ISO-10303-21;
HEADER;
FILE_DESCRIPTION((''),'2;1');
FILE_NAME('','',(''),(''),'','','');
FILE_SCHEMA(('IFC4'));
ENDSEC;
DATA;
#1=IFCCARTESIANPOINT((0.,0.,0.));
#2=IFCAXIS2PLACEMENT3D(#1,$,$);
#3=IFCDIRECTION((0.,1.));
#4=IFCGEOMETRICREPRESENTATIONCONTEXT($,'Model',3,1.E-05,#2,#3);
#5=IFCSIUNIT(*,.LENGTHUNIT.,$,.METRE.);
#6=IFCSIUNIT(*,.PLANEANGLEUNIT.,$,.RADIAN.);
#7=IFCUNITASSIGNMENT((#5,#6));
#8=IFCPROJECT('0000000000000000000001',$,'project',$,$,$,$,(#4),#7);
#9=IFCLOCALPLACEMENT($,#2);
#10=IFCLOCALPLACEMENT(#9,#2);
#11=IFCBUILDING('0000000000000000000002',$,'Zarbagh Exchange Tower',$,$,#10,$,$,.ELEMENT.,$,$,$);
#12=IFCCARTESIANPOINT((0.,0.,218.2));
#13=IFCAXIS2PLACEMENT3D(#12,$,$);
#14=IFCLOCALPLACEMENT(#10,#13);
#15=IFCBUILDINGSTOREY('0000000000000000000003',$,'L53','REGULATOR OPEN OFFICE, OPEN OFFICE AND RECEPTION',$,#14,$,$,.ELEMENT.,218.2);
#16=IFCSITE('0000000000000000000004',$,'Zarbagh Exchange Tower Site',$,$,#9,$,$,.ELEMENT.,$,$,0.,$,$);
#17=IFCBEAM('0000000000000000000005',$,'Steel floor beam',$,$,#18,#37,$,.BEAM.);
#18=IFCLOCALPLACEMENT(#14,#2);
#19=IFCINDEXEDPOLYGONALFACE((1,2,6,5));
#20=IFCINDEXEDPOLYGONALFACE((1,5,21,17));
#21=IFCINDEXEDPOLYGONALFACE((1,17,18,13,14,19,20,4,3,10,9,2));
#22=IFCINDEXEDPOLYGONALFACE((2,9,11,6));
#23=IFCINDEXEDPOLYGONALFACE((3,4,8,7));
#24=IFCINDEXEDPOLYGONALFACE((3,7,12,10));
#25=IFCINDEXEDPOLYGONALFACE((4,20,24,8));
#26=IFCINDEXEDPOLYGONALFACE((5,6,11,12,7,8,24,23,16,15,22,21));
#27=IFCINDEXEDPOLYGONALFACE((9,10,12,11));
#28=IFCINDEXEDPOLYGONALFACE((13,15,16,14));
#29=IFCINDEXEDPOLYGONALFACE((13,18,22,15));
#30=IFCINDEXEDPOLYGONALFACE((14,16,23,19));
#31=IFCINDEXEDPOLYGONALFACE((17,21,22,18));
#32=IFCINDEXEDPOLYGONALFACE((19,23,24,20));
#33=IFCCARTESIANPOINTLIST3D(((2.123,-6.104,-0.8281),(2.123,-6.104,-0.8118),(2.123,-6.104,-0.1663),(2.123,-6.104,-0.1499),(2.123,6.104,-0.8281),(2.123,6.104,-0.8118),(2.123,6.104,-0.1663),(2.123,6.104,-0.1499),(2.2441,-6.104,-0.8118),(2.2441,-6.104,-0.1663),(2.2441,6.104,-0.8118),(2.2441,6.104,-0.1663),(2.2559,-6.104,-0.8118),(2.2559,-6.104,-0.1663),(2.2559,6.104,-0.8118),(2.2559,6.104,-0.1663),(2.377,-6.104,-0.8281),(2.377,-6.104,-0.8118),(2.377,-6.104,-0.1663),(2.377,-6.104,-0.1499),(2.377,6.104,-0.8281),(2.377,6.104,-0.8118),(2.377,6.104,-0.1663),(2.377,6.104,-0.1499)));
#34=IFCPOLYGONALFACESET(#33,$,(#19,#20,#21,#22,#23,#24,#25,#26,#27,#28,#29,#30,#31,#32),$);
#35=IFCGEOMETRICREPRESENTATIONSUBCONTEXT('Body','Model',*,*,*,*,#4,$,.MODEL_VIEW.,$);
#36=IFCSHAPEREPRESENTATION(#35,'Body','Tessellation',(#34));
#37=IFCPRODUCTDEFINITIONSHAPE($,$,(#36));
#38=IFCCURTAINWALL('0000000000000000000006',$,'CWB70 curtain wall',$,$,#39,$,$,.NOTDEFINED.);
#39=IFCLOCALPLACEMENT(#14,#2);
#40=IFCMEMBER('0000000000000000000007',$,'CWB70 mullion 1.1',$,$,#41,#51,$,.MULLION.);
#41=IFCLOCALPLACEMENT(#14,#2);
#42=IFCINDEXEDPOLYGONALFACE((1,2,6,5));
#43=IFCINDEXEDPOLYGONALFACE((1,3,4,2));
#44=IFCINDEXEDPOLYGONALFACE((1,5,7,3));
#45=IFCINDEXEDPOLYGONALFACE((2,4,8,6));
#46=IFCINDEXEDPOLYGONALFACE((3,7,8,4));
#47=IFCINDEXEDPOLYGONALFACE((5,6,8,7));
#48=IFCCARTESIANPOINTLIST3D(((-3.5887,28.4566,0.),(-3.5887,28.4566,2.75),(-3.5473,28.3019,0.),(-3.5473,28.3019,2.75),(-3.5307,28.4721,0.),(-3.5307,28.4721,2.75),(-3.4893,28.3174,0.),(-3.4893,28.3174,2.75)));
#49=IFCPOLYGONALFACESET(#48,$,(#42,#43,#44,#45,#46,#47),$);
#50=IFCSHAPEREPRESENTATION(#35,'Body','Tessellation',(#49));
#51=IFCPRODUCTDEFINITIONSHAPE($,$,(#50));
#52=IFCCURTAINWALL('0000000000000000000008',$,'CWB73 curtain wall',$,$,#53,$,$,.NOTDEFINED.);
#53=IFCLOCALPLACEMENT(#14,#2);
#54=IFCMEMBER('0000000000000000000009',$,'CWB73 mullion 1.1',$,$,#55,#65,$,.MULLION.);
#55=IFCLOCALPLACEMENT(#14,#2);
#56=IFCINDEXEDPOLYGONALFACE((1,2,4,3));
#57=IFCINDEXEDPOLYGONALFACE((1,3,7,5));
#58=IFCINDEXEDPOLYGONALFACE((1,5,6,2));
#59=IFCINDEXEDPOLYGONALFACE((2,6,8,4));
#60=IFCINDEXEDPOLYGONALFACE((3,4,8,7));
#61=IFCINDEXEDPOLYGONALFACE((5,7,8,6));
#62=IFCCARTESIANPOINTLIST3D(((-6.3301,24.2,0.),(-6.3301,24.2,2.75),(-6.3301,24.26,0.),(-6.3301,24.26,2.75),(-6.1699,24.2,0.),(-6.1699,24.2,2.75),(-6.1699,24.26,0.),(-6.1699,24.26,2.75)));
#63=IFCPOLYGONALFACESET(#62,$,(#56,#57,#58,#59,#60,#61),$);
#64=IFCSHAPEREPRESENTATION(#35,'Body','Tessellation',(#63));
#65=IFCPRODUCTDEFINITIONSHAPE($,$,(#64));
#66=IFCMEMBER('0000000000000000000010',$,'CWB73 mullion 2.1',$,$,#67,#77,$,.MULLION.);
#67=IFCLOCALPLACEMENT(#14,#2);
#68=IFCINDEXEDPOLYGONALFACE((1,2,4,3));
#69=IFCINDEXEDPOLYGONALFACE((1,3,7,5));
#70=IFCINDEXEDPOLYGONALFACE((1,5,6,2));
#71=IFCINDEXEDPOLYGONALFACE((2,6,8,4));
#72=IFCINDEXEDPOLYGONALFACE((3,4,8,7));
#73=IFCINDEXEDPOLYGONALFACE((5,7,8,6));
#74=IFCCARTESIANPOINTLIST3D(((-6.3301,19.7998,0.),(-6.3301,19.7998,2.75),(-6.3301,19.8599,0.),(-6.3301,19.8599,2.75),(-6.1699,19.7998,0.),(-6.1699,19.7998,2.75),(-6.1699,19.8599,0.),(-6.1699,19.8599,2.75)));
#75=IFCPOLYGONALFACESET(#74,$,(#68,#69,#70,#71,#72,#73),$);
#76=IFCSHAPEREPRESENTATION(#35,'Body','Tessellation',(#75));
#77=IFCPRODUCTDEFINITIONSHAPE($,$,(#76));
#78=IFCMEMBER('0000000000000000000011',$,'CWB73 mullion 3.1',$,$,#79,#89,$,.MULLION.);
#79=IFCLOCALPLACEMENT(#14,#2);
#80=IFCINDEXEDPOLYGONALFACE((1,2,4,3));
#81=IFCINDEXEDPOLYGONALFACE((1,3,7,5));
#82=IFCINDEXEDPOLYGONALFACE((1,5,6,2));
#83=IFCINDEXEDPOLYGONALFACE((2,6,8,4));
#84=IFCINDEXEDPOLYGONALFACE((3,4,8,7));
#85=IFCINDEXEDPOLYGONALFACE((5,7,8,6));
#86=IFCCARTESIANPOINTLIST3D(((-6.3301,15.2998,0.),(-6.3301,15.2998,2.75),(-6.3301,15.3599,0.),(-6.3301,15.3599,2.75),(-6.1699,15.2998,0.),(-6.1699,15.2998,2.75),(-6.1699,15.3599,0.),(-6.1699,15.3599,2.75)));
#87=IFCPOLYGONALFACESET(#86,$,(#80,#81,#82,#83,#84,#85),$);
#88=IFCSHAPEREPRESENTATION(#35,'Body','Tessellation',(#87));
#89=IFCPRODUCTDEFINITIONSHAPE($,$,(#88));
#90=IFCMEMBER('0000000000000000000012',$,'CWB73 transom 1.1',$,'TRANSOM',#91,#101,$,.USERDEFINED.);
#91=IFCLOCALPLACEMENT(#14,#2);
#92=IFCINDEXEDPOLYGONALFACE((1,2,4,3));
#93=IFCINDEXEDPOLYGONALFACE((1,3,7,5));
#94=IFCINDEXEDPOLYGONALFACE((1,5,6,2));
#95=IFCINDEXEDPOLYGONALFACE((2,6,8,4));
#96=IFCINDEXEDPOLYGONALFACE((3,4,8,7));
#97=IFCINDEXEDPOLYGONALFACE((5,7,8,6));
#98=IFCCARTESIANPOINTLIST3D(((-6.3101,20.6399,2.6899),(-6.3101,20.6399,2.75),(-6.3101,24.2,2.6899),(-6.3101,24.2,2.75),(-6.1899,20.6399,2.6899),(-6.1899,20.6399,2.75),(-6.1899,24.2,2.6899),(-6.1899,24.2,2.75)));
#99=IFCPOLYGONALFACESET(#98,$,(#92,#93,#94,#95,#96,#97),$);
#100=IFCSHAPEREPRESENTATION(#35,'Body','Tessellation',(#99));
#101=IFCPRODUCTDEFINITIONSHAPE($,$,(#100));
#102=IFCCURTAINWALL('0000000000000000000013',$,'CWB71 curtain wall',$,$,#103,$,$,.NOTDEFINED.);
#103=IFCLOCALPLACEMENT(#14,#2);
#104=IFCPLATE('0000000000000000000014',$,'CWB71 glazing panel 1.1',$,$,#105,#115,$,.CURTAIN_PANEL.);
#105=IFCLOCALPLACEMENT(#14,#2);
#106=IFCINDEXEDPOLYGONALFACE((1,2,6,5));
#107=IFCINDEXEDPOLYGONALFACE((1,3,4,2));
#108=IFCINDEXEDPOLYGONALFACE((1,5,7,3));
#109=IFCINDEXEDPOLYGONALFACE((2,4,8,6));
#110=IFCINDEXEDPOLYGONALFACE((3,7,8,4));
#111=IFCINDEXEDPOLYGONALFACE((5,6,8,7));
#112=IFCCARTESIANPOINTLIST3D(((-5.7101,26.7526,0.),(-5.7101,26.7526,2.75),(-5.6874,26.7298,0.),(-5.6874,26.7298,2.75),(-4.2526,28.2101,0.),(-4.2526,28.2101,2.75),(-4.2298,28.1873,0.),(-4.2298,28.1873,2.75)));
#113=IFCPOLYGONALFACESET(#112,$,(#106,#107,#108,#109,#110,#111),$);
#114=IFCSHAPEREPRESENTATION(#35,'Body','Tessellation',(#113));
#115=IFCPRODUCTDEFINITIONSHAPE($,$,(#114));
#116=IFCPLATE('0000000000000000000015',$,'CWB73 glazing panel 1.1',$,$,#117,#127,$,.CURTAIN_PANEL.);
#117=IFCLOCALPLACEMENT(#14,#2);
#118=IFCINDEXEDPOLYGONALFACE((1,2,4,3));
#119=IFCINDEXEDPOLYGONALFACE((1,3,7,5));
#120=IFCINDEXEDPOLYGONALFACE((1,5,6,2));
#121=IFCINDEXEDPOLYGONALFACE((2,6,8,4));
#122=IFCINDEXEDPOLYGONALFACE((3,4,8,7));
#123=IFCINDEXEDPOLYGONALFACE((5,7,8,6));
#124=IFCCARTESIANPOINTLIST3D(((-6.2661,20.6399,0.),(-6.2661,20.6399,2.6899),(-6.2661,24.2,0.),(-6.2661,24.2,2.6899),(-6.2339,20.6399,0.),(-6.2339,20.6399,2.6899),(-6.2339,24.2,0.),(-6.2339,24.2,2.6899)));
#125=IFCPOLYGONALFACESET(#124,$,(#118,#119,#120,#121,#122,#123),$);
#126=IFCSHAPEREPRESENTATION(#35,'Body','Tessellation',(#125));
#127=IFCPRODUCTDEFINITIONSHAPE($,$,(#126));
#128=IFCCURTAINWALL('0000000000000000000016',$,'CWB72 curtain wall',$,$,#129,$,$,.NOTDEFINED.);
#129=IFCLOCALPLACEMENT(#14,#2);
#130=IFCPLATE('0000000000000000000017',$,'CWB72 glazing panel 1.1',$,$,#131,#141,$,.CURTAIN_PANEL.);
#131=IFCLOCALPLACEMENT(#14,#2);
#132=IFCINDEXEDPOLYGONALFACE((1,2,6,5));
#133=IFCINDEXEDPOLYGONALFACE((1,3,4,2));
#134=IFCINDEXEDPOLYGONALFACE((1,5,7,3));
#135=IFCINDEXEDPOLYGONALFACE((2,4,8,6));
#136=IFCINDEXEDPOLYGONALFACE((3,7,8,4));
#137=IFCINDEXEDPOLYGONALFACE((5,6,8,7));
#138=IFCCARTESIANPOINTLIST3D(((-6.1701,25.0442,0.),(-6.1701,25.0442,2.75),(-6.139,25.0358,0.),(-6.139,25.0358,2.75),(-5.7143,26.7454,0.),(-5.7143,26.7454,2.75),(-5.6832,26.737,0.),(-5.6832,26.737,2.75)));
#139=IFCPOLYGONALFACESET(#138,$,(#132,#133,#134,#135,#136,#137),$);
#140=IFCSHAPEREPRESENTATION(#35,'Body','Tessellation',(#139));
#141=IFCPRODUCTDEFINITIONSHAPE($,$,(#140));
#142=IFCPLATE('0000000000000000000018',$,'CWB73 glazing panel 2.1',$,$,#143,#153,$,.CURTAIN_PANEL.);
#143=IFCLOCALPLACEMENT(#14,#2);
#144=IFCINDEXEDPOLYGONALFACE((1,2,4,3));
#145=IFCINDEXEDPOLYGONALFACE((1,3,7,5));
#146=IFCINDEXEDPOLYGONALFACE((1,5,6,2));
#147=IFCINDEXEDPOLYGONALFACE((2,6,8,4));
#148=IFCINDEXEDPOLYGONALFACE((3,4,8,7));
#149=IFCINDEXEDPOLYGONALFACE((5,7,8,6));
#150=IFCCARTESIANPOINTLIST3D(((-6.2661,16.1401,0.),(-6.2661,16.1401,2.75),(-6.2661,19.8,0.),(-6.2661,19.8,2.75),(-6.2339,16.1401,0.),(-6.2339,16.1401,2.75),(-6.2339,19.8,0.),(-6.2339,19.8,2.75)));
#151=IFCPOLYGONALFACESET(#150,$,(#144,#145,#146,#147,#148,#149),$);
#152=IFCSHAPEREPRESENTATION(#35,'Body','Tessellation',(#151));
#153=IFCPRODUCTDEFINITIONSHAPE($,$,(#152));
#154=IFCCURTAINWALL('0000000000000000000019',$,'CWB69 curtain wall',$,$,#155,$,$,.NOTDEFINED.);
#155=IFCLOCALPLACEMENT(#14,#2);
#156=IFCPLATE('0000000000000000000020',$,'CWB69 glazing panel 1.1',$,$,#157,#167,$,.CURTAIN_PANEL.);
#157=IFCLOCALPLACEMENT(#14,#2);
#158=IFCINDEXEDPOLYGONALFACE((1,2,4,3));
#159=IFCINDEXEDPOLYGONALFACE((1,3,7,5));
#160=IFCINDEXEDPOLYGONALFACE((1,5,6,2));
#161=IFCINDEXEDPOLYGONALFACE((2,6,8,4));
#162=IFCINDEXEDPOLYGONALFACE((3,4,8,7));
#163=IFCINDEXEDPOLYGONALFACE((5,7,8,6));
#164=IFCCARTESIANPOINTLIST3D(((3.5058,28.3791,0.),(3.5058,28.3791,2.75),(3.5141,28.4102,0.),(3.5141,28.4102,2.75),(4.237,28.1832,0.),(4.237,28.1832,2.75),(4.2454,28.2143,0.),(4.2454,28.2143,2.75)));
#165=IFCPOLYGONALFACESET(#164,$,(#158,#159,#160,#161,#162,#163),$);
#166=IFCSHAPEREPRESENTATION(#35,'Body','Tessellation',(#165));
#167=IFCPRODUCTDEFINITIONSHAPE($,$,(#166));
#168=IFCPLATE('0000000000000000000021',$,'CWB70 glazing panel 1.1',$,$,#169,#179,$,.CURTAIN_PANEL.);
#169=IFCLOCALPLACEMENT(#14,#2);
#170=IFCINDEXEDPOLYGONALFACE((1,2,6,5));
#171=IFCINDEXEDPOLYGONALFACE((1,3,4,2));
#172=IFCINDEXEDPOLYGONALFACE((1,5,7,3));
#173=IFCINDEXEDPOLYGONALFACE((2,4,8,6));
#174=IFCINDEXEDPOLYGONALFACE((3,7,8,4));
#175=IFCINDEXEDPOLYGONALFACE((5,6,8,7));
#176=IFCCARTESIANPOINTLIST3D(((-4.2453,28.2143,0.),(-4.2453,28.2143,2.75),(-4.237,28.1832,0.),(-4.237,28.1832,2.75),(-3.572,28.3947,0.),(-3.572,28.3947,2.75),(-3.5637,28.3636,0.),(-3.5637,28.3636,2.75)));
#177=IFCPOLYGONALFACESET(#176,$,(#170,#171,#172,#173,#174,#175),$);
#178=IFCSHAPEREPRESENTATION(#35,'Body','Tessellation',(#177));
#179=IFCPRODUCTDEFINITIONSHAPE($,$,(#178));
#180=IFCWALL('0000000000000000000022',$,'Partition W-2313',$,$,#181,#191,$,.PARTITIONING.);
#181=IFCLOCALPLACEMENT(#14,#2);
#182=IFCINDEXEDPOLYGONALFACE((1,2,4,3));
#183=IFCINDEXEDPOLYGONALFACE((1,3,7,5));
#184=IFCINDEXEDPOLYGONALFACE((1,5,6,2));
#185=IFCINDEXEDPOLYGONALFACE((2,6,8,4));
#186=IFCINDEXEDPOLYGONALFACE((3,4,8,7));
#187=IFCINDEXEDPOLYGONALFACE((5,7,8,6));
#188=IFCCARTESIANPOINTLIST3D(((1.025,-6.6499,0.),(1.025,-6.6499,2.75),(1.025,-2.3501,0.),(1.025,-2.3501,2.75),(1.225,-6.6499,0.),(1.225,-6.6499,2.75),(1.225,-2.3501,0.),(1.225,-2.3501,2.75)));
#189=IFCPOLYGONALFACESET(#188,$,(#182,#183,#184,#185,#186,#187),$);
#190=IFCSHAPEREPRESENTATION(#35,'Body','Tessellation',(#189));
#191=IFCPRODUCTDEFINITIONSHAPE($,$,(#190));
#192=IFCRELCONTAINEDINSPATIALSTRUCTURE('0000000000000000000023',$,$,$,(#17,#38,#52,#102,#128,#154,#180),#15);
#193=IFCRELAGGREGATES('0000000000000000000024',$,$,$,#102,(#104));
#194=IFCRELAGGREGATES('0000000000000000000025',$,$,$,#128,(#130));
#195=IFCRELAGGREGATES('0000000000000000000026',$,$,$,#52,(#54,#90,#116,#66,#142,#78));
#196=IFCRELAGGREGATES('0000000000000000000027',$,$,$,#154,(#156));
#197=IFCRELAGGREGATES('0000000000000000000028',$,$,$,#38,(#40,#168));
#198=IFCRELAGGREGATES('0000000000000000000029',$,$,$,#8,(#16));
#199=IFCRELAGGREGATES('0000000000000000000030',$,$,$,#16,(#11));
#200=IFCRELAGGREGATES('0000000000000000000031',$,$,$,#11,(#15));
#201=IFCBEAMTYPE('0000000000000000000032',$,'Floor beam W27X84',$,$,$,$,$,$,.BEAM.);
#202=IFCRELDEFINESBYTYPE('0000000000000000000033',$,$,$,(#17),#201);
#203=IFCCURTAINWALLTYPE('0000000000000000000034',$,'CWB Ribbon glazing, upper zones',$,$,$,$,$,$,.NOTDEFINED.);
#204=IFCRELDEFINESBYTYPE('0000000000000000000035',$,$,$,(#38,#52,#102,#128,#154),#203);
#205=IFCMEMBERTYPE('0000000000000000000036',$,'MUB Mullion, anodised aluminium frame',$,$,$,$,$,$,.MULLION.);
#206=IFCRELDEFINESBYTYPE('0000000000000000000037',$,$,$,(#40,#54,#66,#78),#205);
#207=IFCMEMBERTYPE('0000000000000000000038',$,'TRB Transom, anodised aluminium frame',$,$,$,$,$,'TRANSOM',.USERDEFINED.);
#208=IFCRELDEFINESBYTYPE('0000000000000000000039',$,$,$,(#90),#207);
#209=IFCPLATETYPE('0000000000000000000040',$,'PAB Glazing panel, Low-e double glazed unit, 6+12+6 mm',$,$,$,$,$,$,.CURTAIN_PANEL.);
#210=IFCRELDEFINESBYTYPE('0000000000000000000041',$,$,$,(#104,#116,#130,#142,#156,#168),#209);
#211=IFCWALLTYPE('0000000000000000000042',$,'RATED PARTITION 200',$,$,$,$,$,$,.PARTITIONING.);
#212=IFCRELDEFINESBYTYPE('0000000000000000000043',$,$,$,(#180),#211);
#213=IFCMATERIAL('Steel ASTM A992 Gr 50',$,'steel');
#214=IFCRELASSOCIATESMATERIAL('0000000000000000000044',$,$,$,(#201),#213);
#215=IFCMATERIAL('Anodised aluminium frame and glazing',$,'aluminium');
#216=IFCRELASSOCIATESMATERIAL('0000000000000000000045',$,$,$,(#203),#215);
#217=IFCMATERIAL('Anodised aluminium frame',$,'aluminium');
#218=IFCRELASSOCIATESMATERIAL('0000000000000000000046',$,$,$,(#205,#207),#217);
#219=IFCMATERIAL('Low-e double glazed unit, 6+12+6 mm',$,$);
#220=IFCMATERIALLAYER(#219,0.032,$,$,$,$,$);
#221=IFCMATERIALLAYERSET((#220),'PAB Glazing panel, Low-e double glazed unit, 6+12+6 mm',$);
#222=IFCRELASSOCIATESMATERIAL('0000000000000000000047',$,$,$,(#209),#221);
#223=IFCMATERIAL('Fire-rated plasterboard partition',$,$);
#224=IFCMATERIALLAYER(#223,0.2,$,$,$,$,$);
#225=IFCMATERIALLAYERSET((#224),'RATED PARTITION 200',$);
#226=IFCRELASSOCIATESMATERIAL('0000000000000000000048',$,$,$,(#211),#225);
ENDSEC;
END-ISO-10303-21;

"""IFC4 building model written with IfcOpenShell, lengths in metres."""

from ifc_helpers import new_model, si_unit, direction, frame, frame_2d, origin, origin_2d, place, context, subcontext, project, spatial, polyline, rectangle, i_section, outline, extrude, source, transform, mapped, material, layer, layer_set, material_profile, profile_set, type_object, element, aggregate, save


model = new_model("IFC4")

# Units and contexts
model_context = context("Model", 3, precision=1e-05, world=origin(), true_north=direction((0.0, 1.0)))
body_context = subcontext(model_context, "Body", "Model", "MODEL_VIEW")
ifc_project = project(units=[si_unit("LENGTHUNIT", "METRE"), si_unit("PLANEANGLEUNIT", "RADIAN")], contexts=[model_context])

# Site, building, storey
site_placement = place(None, origin())
site = spatial("IfcSite", under=ifc_project, at=site_placement, Name="Zarbagh Exchange Tower Site", CompositionType="ELEMENT", RefElevation=0.0)
building_placement = place(site_placement, origin())
building = spatial("IfcBuilding", under=site, at=building_placement, Name="Zarbagh Exchange Tower", CompositionType="ELEMENT")
storey_placement = place(building_placement, frame((0.0, 0.0, 218.2)))
storey = spatial("IfcBuildingStorey", under=building, at=storey_placement, Name="L53", Description="REGULATOR OPEN OFFICE, OPEN OFFICE AND RECEPTION", CompositionType="ELEMENT", Elevation=218.2)

# Beam
ifc_material_1 = material(Name="Steel ASTM A992 Gr 50", Category="steel")
ifc_material_profile = material_profile(ifc_material_1, i_section(OverallWidth=0.2539, OverallDepth=0.6782, WebThickness=0.0117, FlangeThickness=0.0164, at=origin_2d()), Name="W27X84")
ifc_profile_set = profile_set([ifc_material_profile], Name="Steel ASTM A992 Gr 50")
beam_type = type_object("IfcBeamType", Name="Floor beam W27X84", PredefinedType="BEAM", material=ifc_profile_set)
beam_placement = place(storey_placement, frame((2.25, -6.104, -0.489), z_axis=(0.0, 1.0, 0.0), x_axis=(-1.0, 0.0, 0.0)))
element("IfcBeam", 1, at=beam_placement, inside=storey, type_object=beam_type, Name="Steel floor beam", PredefinedType="BEAM", context=body_context, shape_type="SweptSolid", body=[
    extrude(i_section(OverallWidth=0.2539, OverallDepth=0.6782, WebThickness=0.0117, FlangeThickness=0.0164, at=origin_2d()), origin(), (0.0, 0.0, 1.0), 12.208),
])

# Curtain wall, member
ifc_material_2 = material(Name="Anodised aluminium frame and glazing", Category="aluminium")
curtain_wall_type = type_object("IfcCurtainWallType", Name="CWB Ribbon glazing, upper zones", PredefinedType="NOTDEFINED", material=ifc_material_2)
curtain_wall_1_placement = place(storey_placement, origin())
curtain_wall_1 = element("IfcCurtainWall", 2, at=curtain_wall_1_placement, inside=storey, type_object=curtain_wall_type, Name="CWB70 curtain wall", PredefinedType="NOTDEFINED")
ifc_material_3 = material(Name="Anodised aluminium frame", Category="aluminium")
member_type_1 = type_object("IfcMemberType", Name="MUB Mullion, anodised aluminium frame", PredefinedType="MULLION", material=ifc_material_3)
shared_shape_1 = source(origin(), body_context, "Body", "SweptSolid", [
    extrude(outline(polyline([(0.0, -0.0801), (0.0601, -0.0801), (0.0601, 0.0801), (0.0, 0.0801), (0.0, -0.0801)])), origin(), (0.0, 0.0, 1.0), 2.75),
])
placement = place(storey_placement, origin())
member_1 = element("IfcMember", 3, at=placement, type_object=member_type_1, Name="CWB70 mullion 1.1", PredefinedType="MULLION", context=body_context, shape_type="MappedRepresentation", body=[
    mapped(shared_shape_1, transform((-3.51, 28.3948, 0.0), x_axis=(-0.965924, -0.258825, 0.0), y_axis=(0.258825, -0.965924, 0.0), z_axis=(0.0, 0.0, 1.0))),
])

# Curtain wall, members
curtain_wall_2_placement = place(storey_placement, origin())
curtain_wall_2 = element("IfcCurtainWall", 4, at=curtain_wall_2_placement, inside=storey, type_object=curtain_wall_type, Name="CWB73 curtain wall", PredefinedType="NOTDEFINED")
member_2 = element("IfcMember", 5, at=placement, type_object=member_type_1, Name="CWB73 mullion 1.1", PredefinedType="MULLION", context=body_context, shape_type="MappedRepresentation", body=[
    mapped(shared_shape_1, transform((-6.25, 24.26, 0.0), x_axis=(0.0, -1.0, 0.0), y_axis=(1.0, 0.0, 0.0), z_axis=(0.0, 0.0, 1.0))),
])
member_3 = element("IfcMember", 6, at=placement, type_object=member_type_1, Name="CWB73 mullion 2.1", PredefinedType="MULLION", context=body_context, shape_type="MappedRepresentation", body=[
    mapped(shared_shape_1, transform((-6.25, 19.8599, 0.0), x_axis=(0.0, -1.0, 0.0), y_axis=(1.0, 0.0, 0.0), z_axis=(0.0, 0.0, 1.0))),
])
member_4 = element("IfcMember", 7, at=placement, type_object=member_type_1, Name="CWB73 mullion 3.1", PredefinedType="MULLION", context=body_context, shape_type="MappedRepresentation", body=[
    mapped(shared_shape_1, transform((-6.25, 15.3599, 0.0), x_axis=(0.0, -1.0, 0.0), y_axis=(1.0, 0.0, 0.0), z_axis=(0.0, 0.0, 1.0))),
])
member_type_2 = type_object("IfcMemberType", Name="TRB Transom, anodised aluminium frame", ElementType="TRANSOM", PredefinedType="USERDEFINED", material=ifc_material_3)
shared_shape_2 = source(origin(), body_context, "Body", "SweptSolid", [
    extrude(outline(polyline([(-0.0601, -0.0601), (0.0, -0.0601), (0.0, 0.0601), (-0.0601, 0.0601), (-0.0601, -0.0601)])), origin(), (0.0, 0.0, 1.0), 3.5601),
])
member_5 = element("IfcMember", 8, at=placement, type_object=member_type_2, Name="CWB73 transom 1.1", ObjectType="TRANSOM", PredefinedType="USERDEFINED", context=body_context, shape_type="MappedRepresentation", body=[
    mapped(shared_shape_2, transform((-6.25, 24.2, 2.75), x_axis=(0.0, 0.0, 1.0), y_axis=(-1.0, 0.0, 0.0), z_axis=(0.0, -1.0, 0.0))),
])

# Curtain wall, plate
curtain_wall_3_placement = place(storey_placement, origin())
curtain_wall_3 = element("IfcCurtainWall", 9, at=curtain_wall_3_placement, inside=storey, type_object=curtain_wall_type, Name="CWB71 curtain wall", PredefinedType="NOTDEFINED")
ifc_material_4 = material(Name="Low-e double glazed unit, 6+12+6 mm")
ifc_layer_1 = layer(ifc_material_4, 0.032)
ifc_layer_set_1 = layer_set([ifc_layer_1], Name="PAB Glazing panel, Low-e double glazed unit, 6+12+6 mm")
plate_type = type_object("IfcPlateType", Name="PAB Glazing panel, Low-e double glazed unit, 6+12+6 mm", PredefinedType="CURTAIN_PANEL", material=ifc_layer_set_1)
shared_shape_3 = source(origin(), body_context, "Body", "SweptSolid", [
    extrude(outline(polyline([(0.0, -0.0161), (2.0613, -0.0161), (2.0613, 0.0161), (0.0, 0.0161), (0.0, -0.0161)])), origin(), (0.0, 0.0, 1.0), 2.75),
])
plate_1 = element("IfcPlate", 10, at=placement, type_object=plate_type, Name="CWB71 glazing panel 1.1", PredefinedType="CURTAIN_PANEL", context=body_context, shape_type="MappedRepresentation", body=[
    mapped(shared_shape_3, transform((-4.2412, 28.1987, 0.0), x_axis=(-0.707107, -0.707107, 0.0), y_axis=(0.707107, -0.707107, 0.0), z_axis=(0.0, 0.0, 1.0))),
])
aggregate(curtain_wall_3, [plate_1])

# Plate
shared_shape_4 = source(origin(), body_context, "Body", "SweptSolid", [
    extrude(outline(polyline([(0.0, -0.0161), (3.5601, -0.0161), (3.5601, 0.0161), (0.0, 0.0161), (0.0, -0.0161)])), origin(), (0.0, 0.0, 1.0), 2.6899),
])
plate_2 = element("IfcPlate", 11, at=placement, type_object=plate_type, Name="CWB73 glazing panel 1.1", PredefinedType="CURTAIN_PANEL", context=body_context, shape_type="MappedRepresentation", body=[
    mapped(shared_shape_4, transform((-6.25, 24.2, 0.0), x_axis=(0.0, -1.0, 0.0), y_axis=(1.0, 0.0, 0.0), z_axis=(0.0, 0.0, 1.0))),
])

# Curtain wall, plate
curtain_wall_4_placement = place(storey_placement, origin())
curtain_wall_4 = element("IfcCurtainWall", 12, at=curtain_wall_4_placement, inside=storey, type_object=curtain_wall_type, Name="CWB72 curtain wall", PredefinedType="NOTDEFINED")
shared_shape_5 = source(origin(), body_context, "Body", "SweptSolid", [
    extrude(outline(polyline([(0.0, -0.0161), (1.7612, -0.0161), (1.7612, 0.0161), (0.0, 0.0161), (0.0, -0.0161)])), origin(), (0.0, 0.0, 1.0), 2.75),
])
plate_3 = element("IfcPlate", 13, at=placement, type_object=plate_type, Name="CWB72 glazing panel 1.1", PredefinedType="CURTAIN_PANEL", context=body_context, shape_type="MappedRepresentation", body=[
    mapped(shared_shape_5, transform((-5.6987, 26.7412, 0.0), x_axis=(-0.258825, -0.965924, 0.0), y_axis=(0.965924, -0.258825, 0.0), z_axis=(0.0, 0.0, 1.0))),
])
aggregate(curtain_wall_4, [plate_3])

# Plate
shared_shape_6 = source(origin(), body_context, "Body", "SweptSolid", [
    extrude(outline(polyline([(0.0, -0.0161), (3.6599, -0.0161), (3.6599, 0.0161), (0.0, 0.0161), (0.0, -0.0161)])), origin(), (0.0, 0.0, 1.0), 2.75),
])
plate_4 = element("IfcPlate", 14, at=placement, type_object=plate_type, Name="CWB73 glazing panel 2.1", PredefinedType="CURTAIN_PANEL", context=body_context, shape_type="MappedRepresentation", body=[
    mapped(shared_shape_6, transform((-6.25, 19.8, 0.0), x_axis=(0.0, -1.0, 0.0), y_axis=(1.0, 0.0, 0.0), z_axis=(0.0, 0.0, 1.0))),
])
aggregate(curtain_wall_2, [member_2, member_5, plate_2, member_3, plate_4, member_4])

# Curtain wall, plate
curtain_wall_5_placement = place(storey_placement, origin())
curtain_wall_5 = element("IfcCurtainWall", 15, at=curtain_wall_5_placement, inside=storey, type_object=curtain_wall_type, Name="CWB69 curtain wall", PredefinedType="NOTDEFINED")
shared_shape_7 = source(origin(), body_context, "Body", "SweptSolid", [
    extrude(outline(polyline([(0.0, -0.0161), (0.7571, -0.0161), (0.7571, 0.0161), (0.0, 0.0161), (0.0, -0.0161)])), origin(), (0.0, 0.0, 1.0), 2.75),
])
plate_5 = element("IfcPlate", 16, at=placement, type_object=plate_type, Name="CWB69 glazing panel 1.1", PredefinedType="CURTAIN_PANEL", context=body_context, shape_type="MappedRepresentation", body=[
    mapped(shared_shape_7, transform((4.2412, 28.1987, 0.0), x_axis=(-0.965924, 0.258825, 0.0), y_axis=(-0.258825, -0.965924, 0.0), z_axis=(0.0, 0.0, 1.0))),
])
aggregate(curtain_wall_5, [plate_5])

# Plate
shared_shape_8 = source(origin(), body_context, "Body", "SweptSolid", [
    extrude(outline(polyline([(0.0, -0.0161), (0.697, -0.0161), (0.697, 0.0161), (0.0, 0.0161), (0.0, -0.0161)])), origin(), (0.0, 0.0, 1.0), 2.75),
])
plate_6 = element("IfcPlate", 17, at=placement, type_object=plate_type, Name="CWB70 glazing panel 1.1", PredefinedType="CURTAIN_PANEL", context=body_context, shape_type="MappedRepresentation", body=[
    mapped(shared_shape_8, transform((-3.5679, 28.3792, 0.0), x_axis=(-0.965924, -0.258825, 0.0), y_axis=(0.258825, -0.965924, 0.0), z_axis=(0.0, 0.0, 1.0))),
])
aggregate(curtain_wall_1, [member_1, plate_6])

# Wall
ifc_material_5 = material(Name="Fire-rated plasterboard partition")
ifc_layer_2 = layer(ifc_material_5, 0.2)
ifc_layer_set_2 = layer_set([ifc_layer_2], Name="RATED PARTITION 200")
wall_type_1 = type_object("IfcWallType", Name="RATED PARTITION 200", PredefinedType="PARTITIONING", material=ifc_layer_set_2)
wall_1_placement = place(storey_placement, frame((1.125, -6.6499, 0.0), z_axis=(0.0, 0.0, 1.0), x_axis=(0.0, 1.0, 0.0)))
element("IfcWall", 18, at=wall_1_placement, inside=storey, type_object=wall_type_1, Name="Partition W-2313", PredefinedType="PARTITIONING", context=body_context, shape_type="SweptSolid", body=[
    extrude(rectangle(XDim=4.2998, YDim=0.2, at=frame_2d((2.1499, 0.0))), origin(), (0.0, 0.0, 1.0), 2.75),
])

save(model, "model.ifc")
